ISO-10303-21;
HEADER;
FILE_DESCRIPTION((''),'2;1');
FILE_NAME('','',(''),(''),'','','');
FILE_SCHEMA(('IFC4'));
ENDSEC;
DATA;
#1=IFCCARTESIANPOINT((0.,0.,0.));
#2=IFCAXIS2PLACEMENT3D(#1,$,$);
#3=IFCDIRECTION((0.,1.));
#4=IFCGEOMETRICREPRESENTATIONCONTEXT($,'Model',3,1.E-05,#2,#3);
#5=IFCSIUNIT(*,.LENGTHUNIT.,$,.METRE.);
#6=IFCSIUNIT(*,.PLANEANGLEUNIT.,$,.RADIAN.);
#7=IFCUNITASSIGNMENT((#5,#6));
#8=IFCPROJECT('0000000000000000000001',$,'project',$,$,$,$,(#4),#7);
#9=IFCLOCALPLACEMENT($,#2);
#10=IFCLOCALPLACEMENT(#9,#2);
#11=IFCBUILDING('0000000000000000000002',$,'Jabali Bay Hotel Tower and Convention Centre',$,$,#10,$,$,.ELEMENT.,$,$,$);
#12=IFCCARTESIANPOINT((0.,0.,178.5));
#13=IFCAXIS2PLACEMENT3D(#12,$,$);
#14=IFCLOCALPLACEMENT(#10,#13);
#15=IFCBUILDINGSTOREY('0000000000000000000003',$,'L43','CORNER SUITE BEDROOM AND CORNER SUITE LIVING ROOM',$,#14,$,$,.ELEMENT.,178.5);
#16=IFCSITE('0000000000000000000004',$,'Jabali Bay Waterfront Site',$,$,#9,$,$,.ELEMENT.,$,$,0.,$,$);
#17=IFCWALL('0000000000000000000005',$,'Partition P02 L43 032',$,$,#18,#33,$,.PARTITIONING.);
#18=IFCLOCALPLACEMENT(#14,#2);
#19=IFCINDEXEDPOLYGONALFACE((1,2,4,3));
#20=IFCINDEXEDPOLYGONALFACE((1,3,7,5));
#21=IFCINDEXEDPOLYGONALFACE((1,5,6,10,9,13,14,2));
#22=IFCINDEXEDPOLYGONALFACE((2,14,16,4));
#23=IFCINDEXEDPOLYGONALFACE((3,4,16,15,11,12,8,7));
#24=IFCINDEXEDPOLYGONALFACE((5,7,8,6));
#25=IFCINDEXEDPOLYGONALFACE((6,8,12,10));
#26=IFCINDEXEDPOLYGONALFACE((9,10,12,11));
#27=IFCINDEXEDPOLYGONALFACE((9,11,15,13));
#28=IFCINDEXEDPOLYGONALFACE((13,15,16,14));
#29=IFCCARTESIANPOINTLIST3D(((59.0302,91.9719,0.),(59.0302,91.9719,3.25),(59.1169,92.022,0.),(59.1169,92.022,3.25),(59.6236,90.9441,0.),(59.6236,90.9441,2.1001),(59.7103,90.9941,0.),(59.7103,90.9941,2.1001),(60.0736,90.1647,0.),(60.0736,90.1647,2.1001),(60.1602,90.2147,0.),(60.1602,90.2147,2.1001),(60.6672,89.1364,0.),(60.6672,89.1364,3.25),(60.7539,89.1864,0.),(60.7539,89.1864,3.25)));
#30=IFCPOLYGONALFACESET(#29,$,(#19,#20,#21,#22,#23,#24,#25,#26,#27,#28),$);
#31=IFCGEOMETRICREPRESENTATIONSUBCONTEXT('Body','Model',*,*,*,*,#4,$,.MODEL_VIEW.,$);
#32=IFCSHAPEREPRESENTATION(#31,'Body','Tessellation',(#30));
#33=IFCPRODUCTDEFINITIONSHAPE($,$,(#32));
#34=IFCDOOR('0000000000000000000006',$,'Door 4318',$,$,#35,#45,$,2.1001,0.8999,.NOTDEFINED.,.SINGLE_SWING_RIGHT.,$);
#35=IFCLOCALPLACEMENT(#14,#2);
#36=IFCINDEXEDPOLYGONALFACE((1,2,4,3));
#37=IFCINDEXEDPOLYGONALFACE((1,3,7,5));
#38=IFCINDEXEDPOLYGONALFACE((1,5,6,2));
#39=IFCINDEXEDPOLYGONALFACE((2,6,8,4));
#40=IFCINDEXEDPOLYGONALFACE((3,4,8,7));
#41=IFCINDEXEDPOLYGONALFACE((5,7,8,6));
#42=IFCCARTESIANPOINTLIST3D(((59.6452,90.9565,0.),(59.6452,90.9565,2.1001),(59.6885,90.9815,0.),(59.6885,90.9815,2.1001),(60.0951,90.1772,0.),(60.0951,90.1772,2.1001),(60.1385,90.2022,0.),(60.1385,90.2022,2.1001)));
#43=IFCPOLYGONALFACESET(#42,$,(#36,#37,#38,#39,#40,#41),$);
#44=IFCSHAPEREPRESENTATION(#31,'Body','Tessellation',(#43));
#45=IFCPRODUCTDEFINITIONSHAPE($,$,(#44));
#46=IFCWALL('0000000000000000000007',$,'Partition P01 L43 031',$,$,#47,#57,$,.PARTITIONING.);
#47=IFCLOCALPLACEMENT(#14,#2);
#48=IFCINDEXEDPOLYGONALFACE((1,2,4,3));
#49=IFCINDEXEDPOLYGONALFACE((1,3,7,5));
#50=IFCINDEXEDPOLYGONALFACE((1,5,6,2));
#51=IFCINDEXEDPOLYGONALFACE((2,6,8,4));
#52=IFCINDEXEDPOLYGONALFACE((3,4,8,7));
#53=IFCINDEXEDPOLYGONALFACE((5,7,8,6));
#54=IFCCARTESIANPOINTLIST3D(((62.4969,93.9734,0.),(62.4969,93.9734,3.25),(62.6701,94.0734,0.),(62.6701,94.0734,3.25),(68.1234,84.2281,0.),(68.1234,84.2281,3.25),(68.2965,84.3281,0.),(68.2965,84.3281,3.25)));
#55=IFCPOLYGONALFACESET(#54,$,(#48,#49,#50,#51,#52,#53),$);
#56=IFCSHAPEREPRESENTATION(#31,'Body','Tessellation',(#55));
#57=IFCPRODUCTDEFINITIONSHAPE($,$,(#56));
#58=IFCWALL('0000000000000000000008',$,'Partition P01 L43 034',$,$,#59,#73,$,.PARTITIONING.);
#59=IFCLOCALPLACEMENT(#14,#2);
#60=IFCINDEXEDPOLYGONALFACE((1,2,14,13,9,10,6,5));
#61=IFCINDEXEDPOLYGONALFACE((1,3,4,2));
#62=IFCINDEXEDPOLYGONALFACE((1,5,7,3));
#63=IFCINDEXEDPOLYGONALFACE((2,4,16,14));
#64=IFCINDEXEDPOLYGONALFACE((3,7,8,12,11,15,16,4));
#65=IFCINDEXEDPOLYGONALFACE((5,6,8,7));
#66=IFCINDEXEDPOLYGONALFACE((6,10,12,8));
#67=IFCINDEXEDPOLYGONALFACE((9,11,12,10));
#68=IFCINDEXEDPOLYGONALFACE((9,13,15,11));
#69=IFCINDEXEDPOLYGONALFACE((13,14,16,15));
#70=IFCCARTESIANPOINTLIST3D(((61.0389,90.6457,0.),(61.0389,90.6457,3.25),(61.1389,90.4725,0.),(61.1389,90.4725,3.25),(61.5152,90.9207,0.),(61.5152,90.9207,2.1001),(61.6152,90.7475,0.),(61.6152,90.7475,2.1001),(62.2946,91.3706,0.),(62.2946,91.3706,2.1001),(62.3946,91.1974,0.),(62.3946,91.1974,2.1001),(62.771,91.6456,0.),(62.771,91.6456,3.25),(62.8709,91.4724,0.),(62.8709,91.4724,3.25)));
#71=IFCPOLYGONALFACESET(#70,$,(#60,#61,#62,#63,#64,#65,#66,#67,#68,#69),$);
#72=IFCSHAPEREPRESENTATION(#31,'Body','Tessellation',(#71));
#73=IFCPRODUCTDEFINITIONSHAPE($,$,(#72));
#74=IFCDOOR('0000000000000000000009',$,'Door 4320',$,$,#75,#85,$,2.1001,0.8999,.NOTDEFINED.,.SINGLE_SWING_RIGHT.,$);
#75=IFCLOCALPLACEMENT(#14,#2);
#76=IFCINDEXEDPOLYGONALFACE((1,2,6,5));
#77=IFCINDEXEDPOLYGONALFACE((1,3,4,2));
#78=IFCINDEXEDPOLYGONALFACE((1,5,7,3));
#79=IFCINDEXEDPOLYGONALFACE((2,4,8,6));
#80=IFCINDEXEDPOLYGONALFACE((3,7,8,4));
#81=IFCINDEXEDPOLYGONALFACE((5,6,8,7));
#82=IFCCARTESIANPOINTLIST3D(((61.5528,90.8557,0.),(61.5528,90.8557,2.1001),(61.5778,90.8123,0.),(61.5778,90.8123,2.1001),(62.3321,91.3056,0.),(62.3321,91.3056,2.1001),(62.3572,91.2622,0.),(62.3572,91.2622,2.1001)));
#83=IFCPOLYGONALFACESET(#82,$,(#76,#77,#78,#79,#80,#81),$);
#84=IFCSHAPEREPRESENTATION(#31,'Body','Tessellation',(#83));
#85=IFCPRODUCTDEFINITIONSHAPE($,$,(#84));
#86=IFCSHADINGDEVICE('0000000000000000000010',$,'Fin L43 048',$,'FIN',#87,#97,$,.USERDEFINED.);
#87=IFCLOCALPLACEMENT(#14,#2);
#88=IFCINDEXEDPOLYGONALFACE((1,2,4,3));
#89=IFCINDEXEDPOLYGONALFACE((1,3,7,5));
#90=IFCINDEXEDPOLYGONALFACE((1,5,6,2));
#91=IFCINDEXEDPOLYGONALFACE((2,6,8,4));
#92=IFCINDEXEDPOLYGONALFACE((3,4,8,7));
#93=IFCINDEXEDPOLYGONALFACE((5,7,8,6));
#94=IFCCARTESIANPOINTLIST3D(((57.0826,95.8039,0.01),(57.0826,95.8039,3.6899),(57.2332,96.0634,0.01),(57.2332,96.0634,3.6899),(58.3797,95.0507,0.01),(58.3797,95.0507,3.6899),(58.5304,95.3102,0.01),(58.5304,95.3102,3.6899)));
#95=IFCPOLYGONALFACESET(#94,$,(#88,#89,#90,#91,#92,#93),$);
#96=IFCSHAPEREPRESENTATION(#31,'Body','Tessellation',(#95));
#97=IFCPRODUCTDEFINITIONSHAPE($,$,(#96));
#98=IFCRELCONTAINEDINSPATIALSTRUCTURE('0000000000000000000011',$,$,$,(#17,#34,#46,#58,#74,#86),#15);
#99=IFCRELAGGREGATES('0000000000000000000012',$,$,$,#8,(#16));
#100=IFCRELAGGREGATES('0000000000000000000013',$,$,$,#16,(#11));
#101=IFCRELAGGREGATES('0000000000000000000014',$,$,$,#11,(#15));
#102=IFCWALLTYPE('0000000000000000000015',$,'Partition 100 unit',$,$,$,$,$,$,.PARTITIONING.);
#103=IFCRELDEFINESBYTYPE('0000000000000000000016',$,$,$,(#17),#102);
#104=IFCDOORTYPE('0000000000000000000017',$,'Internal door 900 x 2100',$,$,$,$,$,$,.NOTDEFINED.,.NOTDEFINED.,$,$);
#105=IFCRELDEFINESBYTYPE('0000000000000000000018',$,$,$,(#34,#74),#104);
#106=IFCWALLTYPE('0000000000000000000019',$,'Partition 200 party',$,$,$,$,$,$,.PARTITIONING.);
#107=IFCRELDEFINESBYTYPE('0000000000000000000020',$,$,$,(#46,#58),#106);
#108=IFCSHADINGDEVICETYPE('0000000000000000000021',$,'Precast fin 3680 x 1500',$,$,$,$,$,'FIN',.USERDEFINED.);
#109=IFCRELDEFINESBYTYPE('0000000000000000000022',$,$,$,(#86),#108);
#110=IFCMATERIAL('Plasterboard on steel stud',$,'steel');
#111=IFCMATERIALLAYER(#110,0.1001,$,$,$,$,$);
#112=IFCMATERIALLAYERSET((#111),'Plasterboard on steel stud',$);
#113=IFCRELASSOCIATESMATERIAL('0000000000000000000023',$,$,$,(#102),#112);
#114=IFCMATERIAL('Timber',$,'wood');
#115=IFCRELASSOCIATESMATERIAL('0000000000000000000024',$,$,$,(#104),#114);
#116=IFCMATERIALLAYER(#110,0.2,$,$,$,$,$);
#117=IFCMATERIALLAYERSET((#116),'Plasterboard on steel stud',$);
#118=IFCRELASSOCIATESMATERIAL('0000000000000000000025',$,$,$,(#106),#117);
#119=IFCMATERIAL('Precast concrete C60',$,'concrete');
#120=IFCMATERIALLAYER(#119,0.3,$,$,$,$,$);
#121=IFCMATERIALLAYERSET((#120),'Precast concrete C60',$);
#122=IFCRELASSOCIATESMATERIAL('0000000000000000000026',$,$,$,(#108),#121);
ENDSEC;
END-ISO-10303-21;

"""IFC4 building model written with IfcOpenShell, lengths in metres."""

from ifc_helpers import new_model, si_unit, direction, frame, frame_2d, origin, place, context, subcontext, project, spatial, rectangle, extrude, material, layer, layer_set, type_object, element, fill, save


model = new_model("IFC4")

# Units and contexts
model_context = context("Model", 3, precision=1e-05, world=origin(), true_north=direction((0.0, 1.0)))
body_context = subcontext(model_context, "Body", "Model", "MODEL_VIEW")
ifc_project = project(units=[si_unit("LENGTHUNIT", "METRE"), si_unit("PLANEANGLEUNIT", "RADIAN")], contexts=[model_context])

# Site, building, storey
site_placement = place(None, origin())
site = spatial("IfcSite", under=ifc_project, at=site_placement, Name="Jabali Bay Waterfront Site", CompositionType="ELEMENT", RefElevation=0.0)
building_placement = place(site_placement, origin())
building = spatial("IfcBuilding", under=site, at=building_placement, Name="Jabali Bay Hotel Tower and Convention Centre", CompositionType="ELEMENT")
storey_placement = place(building_placement, frame((0.0, 0.0, 178.5)))
storey = spatial("IfcBuildingStorey", under=building, at=storey_placement, Name="L43", Description="CORNER SUITE BEDROOM AND CORNER SUITE LIVING ROOM", CompositionType="ELEMENT", Elevation=178.5)

# Wall, opening, door
ifc_material_1 = material(Name="Plasterboard on steel stud", Category="steel")
ifc_layer_1 = layer(ifc_material_1, 0.1001)
ifc_layer_set_1 = layer_set([ifc_layer_1], Name="Plasterboard on steel stud")
wall_type_1 = type_object("IfcWallType", Name="Partition 100 unit", PredefinedType="PARTITIONING", material=ifc_layer_set_1)
wall_1_placement = place(storey_placement, frame((59.0735, 91.9971, 0.0), z_axis=(0.0, 0.0, 1.0), x_axis=(0.499981, -0.866037, 0.0)))
wall_1 = element("IfcWall", 1, at=wall_1_placement, inside=storey, type_object=wall_type_1, Name="Partition P02 L43 032", PredefinedType="PARTITIONING", context=body_context, shape_type="SweptSolid", body=[
    extrude(rectangle(XDim=3.2742, YDim=0.1001, at=frame_2d((1.6372, 0.0))), origin(), (0.0, 0.0, 1.0), 3.25),
])
opening_1_placement = place(wall_1_placement, frame((1.187, 0.0, 0.0)))
opening_1 = element("IfcOpeningElement", 2, at=opening_1_placement, cuts=wall_1, PredefinedType="OPENING", context=body_context, shape_type="SweptSolid", body=[
    extrude(rectangle(XDim=0.8999, YDim=2.1001, at=frame_2d((0.45, 1.05))), frame((0.0, 0.0605, 0.0), z_axis=(0.0, -1.0, 0.0), x_axis=(1.0, 0.0, 0.0)), (0.0, 0.0, 1.0), 0.1211),
])
ifc_material_2 = material(Name="Timber", Category="wood")
door_type_1 = type_object("IfcDoorType", Name="Internal door 900 x 2100", OperationType="NOTDEFINED", PredefinedType="NOTDEFINED", material=ifc_material_2)
door_1_placement = place(opening_1_placement, origin())
door_1 = element("IfcDoor", 3, at=door_1_placement, inside=storey, type_object=door_type_1, Name="Door 4318", OperationType="SINGLE_SWING_RIGHT", OverallHeight=2.1001, OverallWidth=0.8999, PredefinedType="NOTDEFINED", context=body_context, shape_type="SweptSolid", body=[
    extrude(rectangle(XDim=0.8999, YDim=2.1001, at=frame_2d((0.45, 1.05))), frame((0.0, 0.0249, 0.0), z_axis=(0.0, -1.0, 0.0), x_axis=(1.0, 0.0, 0.0)), (0.0, 0.0, 1.0), 0.05),
])
fill(opening_1, door_1)

# Wall
ifc_layer_2 = layer(ifc_material_1, 0.2)
ifc_layer_set_2 = layer_set([ifc_layer_2], Name="Plasterboard on steel stud")
wall_type_2 = type_object("IfcWallType", Name="Partition 200 party", PredefinedType="PARTITIONING", material=ifc_layer_set_2)
wall_2_placement = place(storey_placement, frame((62.5835, 94.0234, 0.0), z_axis=(0.0, 0.0, 1.0), x_axis=(0.499999, -0.866026, 0.0)))
element("IfcWall", 4, at=wall_2_placement, inside=storey, type_object=wall_type_2, Name="Partition P01 L43 031", PredefinedType="PARTITIONING", context=body_context, shape_type="SweptSolid", body=[
    extrude(rectangle(XDim=11.2529, YDim=0.2, at=frame_2d((5.6265, 0.0))), origin(), (0.0, 0.0, 1.0), 3.25),
])

# Wall, opening, door
wall_3_placement = place(storey_placement, frame((61.0889, 90.5591, 0.0), z_axis=(0.0, 0.0, 1.0), x_axis=(0.866041, 0.499973, 0.0)))
wall_3 = element("IfcWall", 5, at=wall_3_placement, inside=storey, type_object=wall_type_2, Name="Partition P01 L43 034", PredefinedType="PARTITIONING", context=body_context, shape_type="SweptSolid", body=[
    extrude(rectangle(XDim=2.0, YDim=0.2, at=frame_2d((1.0, 0.0))), origin(), (0.0, 0.0, 1.0), 3.25),
])
opening_2_placement = place(wall_3_placement, frame((0.55, 0.0, 0.0)))
opening_2 = element("IfcOpeningElement", 6, at=opening_2_placement, cuts=wall_3, PredefinedType="OPENING", context=body_context, shape_type="SweptSolid", body=[
    extrude(rectangle(XDim=0.8999, YDim=2.1001, at=frame_2d((0.45, 1.05))), frame((0.0, 0.1104, 0.0), z_axis=(0.0, -1.0, 0.0), x_axis=(1.0, 0.0, 0.0)), (0.0, 0.0, 1.0), 0.2209),
])
door_2_placement = place(opening_2_placement, origin())
door_2 = element("IfcDoor", 7, at=door_2_placement, inside=storey, type_object=door_type_1, Name="Door 4320", OperationType="SINGLE_SWING_RIGHT", OverallHeight=2.1001, OverallWidth=0.8999, PredefinedType="NOTDEFINED", context=body_context, shape_type="SweptSolid", body=[
    extrude(rectangle(XDim=0.8999, YDim=2.1001, at=frame_2d((0.45, 1.05))), frame((0.0, 0.0249, 0.0), z_axis=(0.0, -1.0, 0.0), x_axis=(1.0, 0.0, 0.0)), (0.0, 0.0, 1.0), 0.05),
])
fill(opening_2, door_2)

# Shading device
ifc_material_3 = material(Name="Precast concrete C60", Category="concrete")
ifc_layer_3 = layer(ifc_material_3, 0.3)
ifc_layer_set_3 = layer_set([ifc_layer_3], Name="Precast concrete C60")
shading_device_type = type_object("IfcShadingDeviceType", Name="Precast fin 3680 x 1500", ElementType="FIN", PredefinedType="USERDEFINED", material=ifc_layer_set_3)
shading_device_placement = place(storey_placement, frame((58.4551, 95.1804, 0.01), z_axis=(0.0, 0.0, 1.0), x_axis=(-0.864787, 0.502139, 0.0)))
element("IfcShadingDevice", 8, at=shading_device_placement, inside=storey, type_object=shading_device_type, Name="Fin L43 048", ObjectType="FIN", PredefinedType="USERDEFINED", context=body_context, shape_type="SweptSolid", body=[
    extrude(rectangle(XDim=1.5, YDim=0.3, at=frame_2d((0.75, 0.0))), origin(), (0.0, 0.0, 1.0), 3.6799),
])

save(model, "model.ifc")
